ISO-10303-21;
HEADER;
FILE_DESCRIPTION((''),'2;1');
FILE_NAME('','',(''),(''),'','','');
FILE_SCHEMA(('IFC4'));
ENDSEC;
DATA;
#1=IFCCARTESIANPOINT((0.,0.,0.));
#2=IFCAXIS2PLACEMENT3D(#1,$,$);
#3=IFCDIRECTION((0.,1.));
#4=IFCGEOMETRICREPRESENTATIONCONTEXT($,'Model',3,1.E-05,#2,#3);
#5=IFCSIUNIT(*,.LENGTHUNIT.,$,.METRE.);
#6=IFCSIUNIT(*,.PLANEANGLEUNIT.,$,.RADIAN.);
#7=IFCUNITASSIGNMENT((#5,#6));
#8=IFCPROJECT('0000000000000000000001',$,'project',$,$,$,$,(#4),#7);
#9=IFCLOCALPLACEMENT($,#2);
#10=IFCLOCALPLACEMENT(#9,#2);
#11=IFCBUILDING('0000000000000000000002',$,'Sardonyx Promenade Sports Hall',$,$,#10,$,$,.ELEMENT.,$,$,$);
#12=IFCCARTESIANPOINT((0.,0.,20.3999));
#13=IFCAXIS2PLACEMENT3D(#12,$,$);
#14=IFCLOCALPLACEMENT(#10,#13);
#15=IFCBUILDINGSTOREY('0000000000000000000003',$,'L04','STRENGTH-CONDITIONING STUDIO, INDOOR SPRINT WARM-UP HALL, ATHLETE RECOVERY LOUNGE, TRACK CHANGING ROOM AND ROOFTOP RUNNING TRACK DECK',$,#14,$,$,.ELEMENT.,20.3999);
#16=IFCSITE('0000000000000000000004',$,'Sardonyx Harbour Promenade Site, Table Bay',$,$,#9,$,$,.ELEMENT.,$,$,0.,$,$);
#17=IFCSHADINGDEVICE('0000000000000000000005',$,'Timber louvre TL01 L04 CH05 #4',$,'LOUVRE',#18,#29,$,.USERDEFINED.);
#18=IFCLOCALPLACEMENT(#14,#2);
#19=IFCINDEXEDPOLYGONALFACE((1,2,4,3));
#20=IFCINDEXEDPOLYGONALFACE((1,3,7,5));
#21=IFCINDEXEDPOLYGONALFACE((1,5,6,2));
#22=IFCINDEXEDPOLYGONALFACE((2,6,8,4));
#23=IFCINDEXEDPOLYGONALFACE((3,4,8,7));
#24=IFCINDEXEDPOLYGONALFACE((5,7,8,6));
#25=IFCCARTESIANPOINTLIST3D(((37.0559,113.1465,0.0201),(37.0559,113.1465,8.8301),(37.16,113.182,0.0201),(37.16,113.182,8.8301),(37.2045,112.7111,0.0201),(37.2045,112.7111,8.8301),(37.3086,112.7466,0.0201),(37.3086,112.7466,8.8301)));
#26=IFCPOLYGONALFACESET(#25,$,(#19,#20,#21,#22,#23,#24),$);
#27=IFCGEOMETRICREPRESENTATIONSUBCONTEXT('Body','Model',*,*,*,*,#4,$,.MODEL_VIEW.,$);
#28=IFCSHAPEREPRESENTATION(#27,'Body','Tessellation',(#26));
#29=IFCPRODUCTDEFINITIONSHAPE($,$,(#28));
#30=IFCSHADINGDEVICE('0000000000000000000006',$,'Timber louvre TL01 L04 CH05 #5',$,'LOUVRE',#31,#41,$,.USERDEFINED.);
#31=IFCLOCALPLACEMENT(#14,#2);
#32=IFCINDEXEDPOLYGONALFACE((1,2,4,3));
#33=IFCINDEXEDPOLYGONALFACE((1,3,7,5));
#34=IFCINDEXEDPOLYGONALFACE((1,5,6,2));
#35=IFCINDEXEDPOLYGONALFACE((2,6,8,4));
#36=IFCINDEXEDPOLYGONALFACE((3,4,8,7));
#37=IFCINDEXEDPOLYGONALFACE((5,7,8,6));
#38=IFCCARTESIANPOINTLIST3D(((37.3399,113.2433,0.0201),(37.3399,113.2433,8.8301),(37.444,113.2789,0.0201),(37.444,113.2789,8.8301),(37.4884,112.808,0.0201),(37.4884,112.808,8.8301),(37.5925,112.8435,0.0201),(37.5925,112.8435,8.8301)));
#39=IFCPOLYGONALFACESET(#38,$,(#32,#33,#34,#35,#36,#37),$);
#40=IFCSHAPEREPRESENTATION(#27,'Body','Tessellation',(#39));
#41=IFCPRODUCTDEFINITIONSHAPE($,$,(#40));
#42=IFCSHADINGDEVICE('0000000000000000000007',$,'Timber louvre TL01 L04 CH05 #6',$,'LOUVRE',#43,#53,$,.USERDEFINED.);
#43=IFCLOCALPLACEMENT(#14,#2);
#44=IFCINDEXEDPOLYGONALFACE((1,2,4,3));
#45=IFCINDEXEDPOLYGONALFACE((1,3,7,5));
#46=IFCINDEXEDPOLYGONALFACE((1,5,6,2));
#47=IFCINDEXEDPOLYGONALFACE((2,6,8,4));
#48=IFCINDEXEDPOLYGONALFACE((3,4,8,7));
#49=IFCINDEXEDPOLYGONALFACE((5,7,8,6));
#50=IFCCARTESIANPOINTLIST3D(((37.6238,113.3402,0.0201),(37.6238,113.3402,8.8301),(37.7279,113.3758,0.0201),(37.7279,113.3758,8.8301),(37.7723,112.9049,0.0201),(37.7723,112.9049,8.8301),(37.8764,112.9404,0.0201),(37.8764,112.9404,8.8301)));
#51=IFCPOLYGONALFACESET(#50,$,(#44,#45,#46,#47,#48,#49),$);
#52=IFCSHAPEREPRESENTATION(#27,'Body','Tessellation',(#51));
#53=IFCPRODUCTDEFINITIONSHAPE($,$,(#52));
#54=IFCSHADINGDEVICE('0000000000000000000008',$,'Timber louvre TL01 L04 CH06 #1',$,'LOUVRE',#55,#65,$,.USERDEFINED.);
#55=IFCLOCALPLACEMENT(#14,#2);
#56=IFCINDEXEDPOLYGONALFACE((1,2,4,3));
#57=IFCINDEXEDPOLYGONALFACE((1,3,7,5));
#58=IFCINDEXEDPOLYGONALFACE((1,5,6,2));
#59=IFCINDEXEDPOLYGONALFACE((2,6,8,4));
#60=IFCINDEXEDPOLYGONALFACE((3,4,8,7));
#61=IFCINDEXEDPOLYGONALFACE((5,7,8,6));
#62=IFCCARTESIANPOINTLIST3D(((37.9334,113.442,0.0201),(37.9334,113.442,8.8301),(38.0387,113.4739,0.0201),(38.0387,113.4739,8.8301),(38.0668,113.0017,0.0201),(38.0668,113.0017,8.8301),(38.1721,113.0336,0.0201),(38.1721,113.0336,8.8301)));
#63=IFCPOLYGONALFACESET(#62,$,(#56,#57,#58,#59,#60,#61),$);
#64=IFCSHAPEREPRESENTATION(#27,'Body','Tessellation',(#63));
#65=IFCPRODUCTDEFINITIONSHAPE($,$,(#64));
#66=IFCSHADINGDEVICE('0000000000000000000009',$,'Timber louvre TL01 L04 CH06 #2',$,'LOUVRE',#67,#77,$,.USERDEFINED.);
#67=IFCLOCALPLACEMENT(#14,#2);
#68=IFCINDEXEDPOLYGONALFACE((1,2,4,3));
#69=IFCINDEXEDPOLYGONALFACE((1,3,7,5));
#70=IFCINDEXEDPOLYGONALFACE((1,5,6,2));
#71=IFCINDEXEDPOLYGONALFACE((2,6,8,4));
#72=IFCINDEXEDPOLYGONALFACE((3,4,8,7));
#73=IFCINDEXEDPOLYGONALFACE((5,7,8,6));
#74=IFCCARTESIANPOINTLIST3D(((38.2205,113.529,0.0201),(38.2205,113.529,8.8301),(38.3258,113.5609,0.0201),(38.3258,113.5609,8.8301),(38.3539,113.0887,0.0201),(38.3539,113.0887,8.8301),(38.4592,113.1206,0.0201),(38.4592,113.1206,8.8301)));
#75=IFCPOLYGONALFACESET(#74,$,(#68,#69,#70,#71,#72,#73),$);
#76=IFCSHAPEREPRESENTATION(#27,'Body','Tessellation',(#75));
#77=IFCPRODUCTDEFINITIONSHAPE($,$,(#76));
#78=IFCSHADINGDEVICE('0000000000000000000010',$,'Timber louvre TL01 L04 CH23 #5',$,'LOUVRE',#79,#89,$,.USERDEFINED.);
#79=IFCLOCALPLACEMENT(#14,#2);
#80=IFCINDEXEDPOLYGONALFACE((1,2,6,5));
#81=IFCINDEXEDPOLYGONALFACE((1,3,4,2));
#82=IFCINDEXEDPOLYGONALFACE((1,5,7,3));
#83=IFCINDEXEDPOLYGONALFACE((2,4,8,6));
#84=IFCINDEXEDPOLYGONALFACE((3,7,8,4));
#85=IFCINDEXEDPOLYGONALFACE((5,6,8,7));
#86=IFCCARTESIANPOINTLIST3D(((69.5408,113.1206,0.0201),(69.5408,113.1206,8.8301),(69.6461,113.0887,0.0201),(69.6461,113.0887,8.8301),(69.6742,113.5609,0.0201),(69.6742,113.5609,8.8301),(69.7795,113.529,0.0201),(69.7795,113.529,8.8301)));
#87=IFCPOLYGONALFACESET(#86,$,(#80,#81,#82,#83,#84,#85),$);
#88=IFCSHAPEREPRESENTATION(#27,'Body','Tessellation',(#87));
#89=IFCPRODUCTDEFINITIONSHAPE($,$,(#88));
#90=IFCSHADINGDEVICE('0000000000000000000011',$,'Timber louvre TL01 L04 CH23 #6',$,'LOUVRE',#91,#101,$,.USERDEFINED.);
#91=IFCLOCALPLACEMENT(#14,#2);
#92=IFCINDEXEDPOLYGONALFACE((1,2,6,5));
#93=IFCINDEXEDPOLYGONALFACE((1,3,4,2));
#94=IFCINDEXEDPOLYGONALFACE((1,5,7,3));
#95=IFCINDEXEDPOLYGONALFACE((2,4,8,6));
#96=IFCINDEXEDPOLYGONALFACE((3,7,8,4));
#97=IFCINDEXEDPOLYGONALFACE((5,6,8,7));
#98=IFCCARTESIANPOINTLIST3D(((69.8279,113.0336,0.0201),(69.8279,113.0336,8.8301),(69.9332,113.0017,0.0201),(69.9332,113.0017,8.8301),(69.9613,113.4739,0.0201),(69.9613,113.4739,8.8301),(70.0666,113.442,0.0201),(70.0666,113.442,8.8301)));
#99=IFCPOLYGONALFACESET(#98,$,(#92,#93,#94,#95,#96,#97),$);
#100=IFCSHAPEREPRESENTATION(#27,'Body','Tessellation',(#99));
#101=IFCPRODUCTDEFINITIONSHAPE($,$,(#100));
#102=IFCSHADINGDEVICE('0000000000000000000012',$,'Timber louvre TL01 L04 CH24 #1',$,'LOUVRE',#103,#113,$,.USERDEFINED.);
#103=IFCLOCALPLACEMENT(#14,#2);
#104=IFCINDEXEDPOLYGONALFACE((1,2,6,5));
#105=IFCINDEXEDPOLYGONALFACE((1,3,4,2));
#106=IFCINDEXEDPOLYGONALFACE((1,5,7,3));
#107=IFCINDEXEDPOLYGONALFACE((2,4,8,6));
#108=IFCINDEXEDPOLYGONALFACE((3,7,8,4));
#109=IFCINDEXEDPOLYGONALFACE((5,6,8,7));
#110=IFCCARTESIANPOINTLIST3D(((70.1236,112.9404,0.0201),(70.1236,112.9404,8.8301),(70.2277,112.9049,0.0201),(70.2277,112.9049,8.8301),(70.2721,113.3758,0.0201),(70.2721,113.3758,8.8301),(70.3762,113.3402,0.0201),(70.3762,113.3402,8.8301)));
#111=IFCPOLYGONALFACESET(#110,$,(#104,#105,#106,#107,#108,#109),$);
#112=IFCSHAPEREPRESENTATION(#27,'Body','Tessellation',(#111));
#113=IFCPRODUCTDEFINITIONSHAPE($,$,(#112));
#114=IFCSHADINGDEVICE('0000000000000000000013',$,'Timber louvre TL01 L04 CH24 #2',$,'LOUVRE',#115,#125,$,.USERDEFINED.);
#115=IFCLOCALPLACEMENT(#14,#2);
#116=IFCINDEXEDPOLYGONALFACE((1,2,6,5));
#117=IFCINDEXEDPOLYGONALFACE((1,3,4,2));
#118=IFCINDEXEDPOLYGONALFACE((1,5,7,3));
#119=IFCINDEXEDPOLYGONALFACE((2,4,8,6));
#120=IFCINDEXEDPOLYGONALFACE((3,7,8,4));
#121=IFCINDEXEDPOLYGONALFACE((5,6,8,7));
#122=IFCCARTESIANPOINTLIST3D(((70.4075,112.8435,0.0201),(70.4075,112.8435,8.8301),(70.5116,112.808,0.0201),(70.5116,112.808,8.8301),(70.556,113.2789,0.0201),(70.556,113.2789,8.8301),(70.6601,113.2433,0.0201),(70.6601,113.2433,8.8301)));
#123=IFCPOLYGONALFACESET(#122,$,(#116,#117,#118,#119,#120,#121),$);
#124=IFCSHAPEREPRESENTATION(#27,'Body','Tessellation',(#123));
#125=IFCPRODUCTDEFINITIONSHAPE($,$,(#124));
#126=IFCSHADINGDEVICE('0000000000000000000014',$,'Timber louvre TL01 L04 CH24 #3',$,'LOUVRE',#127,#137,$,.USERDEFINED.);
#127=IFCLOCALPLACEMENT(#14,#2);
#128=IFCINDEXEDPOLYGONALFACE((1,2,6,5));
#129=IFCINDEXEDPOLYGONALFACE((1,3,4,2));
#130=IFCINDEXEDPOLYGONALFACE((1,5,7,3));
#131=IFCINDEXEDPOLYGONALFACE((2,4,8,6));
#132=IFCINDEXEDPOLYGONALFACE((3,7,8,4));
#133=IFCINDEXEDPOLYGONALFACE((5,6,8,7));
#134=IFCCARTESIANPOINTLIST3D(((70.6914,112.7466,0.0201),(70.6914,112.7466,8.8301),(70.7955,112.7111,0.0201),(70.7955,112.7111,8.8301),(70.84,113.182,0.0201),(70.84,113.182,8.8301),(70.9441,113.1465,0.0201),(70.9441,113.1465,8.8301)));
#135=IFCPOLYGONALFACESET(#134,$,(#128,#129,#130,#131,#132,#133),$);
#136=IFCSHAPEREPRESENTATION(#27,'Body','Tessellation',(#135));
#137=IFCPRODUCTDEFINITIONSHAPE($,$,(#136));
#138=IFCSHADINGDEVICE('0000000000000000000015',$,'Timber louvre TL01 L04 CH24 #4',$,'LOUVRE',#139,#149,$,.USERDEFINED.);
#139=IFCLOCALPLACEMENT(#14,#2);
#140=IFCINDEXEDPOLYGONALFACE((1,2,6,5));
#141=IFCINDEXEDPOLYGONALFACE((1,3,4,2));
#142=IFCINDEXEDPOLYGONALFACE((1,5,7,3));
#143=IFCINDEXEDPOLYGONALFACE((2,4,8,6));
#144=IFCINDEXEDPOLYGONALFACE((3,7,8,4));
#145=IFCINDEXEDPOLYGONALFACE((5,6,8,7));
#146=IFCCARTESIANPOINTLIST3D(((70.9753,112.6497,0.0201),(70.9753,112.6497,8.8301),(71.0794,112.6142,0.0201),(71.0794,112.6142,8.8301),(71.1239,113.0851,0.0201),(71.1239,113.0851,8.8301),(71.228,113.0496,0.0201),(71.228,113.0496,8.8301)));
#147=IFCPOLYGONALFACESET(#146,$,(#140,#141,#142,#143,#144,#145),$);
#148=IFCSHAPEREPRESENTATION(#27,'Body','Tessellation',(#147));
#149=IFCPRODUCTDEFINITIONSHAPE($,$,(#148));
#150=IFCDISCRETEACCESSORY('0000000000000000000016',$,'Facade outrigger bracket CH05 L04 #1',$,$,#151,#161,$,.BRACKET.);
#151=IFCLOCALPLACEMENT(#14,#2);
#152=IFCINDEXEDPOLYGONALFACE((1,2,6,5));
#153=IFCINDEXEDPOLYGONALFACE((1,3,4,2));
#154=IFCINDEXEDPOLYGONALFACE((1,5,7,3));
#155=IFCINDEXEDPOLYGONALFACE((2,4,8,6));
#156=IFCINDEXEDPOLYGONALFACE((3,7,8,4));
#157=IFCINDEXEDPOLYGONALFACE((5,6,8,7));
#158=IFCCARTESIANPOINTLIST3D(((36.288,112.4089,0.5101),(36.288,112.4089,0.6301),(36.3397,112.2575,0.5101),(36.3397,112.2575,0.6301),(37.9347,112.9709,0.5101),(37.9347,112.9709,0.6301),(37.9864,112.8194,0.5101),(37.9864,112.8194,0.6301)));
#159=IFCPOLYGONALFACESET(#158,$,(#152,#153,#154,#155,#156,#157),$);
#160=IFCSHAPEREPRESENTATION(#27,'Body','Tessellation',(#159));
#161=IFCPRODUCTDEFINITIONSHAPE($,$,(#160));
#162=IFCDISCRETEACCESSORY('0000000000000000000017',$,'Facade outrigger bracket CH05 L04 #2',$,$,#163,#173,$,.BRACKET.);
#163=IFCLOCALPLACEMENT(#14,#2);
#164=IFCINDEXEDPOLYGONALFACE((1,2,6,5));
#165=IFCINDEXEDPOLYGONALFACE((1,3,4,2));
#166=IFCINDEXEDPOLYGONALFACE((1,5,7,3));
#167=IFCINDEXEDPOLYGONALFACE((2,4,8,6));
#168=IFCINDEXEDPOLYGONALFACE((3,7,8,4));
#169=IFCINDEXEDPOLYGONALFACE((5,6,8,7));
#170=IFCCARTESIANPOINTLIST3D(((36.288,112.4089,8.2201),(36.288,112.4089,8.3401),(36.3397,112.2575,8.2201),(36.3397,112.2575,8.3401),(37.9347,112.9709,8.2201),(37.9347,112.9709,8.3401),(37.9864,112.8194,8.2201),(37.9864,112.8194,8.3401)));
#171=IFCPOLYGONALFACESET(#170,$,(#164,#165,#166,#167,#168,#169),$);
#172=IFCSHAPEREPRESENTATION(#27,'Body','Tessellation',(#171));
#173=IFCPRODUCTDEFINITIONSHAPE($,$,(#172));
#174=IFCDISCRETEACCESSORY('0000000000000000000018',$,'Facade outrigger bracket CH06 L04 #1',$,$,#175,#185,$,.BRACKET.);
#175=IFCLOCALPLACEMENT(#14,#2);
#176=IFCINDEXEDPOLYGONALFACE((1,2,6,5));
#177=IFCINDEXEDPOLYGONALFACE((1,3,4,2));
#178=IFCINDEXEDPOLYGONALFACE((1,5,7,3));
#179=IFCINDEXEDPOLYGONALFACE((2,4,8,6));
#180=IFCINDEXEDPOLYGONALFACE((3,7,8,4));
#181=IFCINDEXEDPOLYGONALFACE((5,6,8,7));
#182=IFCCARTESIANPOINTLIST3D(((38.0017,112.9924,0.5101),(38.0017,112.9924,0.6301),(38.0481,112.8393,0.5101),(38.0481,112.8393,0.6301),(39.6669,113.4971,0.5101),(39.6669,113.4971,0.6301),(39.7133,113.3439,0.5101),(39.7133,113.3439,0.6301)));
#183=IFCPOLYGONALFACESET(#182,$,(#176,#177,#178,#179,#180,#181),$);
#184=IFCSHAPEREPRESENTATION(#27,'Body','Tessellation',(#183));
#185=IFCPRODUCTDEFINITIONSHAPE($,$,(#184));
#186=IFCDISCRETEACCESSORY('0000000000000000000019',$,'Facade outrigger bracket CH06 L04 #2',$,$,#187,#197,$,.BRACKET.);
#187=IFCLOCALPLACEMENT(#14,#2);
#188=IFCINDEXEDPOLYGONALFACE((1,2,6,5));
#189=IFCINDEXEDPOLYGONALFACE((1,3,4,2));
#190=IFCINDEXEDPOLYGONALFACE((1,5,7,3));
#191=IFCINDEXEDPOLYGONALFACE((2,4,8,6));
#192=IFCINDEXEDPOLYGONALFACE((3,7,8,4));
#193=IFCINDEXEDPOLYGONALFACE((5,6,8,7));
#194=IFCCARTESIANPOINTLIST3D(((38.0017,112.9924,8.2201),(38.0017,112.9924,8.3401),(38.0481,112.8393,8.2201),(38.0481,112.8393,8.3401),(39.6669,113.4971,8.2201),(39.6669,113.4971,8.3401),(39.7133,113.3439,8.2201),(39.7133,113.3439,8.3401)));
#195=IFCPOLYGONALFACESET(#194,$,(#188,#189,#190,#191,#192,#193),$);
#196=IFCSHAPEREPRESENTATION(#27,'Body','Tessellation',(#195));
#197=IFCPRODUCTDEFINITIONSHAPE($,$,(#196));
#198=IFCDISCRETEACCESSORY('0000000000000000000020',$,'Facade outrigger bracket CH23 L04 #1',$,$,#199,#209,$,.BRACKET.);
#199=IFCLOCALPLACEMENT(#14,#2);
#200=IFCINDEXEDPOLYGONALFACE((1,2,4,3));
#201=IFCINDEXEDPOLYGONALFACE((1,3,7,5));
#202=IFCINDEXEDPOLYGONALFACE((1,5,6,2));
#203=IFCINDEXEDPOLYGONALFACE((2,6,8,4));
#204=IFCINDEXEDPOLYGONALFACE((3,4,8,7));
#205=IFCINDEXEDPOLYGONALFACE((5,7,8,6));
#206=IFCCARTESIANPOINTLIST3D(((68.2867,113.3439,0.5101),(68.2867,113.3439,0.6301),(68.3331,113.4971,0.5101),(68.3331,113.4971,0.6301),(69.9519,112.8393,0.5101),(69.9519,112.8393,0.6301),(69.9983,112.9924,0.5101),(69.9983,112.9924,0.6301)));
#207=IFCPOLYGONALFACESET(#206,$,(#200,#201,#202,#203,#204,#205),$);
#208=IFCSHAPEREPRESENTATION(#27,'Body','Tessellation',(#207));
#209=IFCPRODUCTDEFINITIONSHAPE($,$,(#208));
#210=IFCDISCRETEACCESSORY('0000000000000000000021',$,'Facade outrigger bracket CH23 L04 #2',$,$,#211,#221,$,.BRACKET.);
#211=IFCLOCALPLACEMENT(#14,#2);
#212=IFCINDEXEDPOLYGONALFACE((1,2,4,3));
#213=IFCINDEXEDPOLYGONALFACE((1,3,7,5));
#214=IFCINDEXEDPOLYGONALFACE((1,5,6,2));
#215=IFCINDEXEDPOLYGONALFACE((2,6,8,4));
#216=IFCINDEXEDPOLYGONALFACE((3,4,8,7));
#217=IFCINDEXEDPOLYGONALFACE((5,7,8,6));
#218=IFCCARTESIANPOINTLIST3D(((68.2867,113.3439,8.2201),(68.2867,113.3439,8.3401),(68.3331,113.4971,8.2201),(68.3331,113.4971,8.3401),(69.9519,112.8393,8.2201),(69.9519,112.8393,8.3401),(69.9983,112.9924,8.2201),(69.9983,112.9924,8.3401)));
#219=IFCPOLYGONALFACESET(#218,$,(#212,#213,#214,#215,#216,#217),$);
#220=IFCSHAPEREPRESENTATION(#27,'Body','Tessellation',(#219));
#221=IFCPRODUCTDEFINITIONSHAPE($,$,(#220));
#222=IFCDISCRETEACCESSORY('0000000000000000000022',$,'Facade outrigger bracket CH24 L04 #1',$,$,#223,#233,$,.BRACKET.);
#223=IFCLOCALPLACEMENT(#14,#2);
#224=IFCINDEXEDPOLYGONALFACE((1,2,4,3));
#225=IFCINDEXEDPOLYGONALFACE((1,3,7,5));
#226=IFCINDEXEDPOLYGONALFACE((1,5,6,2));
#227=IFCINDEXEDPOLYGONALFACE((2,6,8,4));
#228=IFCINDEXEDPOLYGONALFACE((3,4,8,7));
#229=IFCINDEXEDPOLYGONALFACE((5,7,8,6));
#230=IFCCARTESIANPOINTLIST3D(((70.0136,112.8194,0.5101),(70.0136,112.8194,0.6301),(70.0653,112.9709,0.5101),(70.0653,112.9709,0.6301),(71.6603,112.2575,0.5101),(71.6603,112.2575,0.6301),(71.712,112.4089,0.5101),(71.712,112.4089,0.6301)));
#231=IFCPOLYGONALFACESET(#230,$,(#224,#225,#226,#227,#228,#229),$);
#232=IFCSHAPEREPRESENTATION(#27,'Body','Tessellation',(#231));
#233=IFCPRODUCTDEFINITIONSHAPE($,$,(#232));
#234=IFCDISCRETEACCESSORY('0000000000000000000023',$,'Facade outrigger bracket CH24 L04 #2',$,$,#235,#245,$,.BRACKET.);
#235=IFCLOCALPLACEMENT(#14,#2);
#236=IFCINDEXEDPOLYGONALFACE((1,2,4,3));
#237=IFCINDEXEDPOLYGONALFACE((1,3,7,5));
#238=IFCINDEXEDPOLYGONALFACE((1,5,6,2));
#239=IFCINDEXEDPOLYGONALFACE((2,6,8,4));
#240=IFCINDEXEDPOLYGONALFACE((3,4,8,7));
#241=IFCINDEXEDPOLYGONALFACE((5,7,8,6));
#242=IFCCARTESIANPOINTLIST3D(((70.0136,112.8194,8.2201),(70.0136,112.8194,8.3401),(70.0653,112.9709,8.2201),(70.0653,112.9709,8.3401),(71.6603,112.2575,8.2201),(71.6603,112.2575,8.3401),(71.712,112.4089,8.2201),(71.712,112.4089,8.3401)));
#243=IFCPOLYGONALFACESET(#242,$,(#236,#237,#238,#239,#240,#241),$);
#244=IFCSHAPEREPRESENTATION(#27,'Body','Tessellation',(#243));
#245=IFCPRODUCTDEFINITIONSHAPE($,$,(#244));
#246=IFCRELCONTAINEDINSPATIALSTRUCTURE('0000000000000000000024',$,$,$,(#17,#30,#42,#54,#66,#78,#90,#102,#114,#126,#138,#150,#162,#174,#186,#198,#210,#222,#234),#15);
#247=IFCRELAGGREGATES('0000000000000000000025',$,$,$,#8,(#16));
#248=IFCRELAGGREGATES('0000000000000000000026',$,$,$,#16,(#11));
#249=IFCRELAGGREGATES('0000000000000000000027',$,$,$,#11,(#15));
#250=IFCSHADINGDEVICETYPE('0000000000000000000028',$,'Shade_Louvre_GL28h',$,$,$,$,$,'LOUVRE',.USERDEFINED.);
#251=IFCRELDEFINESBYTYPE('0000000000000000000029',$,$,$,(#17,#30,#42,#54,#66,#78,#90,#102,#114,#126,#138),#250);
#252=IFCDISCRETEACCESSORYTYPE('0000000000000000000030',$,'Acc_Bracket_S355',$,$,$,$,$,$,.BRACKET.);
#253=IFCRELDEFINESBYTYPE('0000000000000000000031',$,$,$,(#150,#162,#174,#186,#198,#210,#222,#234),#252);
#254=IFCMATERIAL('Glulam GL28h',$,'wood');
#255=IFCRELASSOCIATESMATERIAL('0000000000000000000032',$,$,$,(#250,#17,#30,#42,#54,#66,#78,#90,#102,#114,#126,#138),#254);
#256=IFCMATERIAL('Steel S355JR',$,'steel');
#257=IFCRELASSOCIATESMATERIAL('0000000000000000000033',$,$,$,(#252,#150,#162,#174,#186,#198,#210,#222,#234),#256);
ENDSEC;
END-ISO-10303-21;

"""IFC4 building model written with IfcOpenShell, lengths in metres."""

from ifc_helpers import new_model, si_unit, direction, frame, origin, place, context, subcontext, project, spatial, rectangle, extrude, material, type_object, element, save


model = new_model("IFC4")

# Units and contexts
model_context = context("Model", 3, precision=1e-05, world=origin(), true_north=direction((0.0, 1.0)))
body_context = subcontext(model_context, "Body", "Model", "MODEL_VIEW")
ifc_project = project(units=[si_unit("LENGTHUNIT", "METRE"), si_unit("PLANEANGLEUNIT", "RADIAN")], contexts=[model_context])

# Site, building, storey
site_placement = place(None, origin())
site = spatial("IfcSite", under=ifc_project, at=site_placement, Name="Sardonyx Harbour Promenade Site, Table Bay", CompositionType="ELEMENT", RefElevation=0.0)
building_placement = place(site_placement, origin())
building = spatial("IfcBuilding", under=site, at=building_placement, Name="Sardonyx Promenade Sports Hall", CompositionType="ELEMENT")
storey_placement = place(building_placement, frame((0.0, 0.0, 20.3999)))
storey = spatial("IfcBuildingStorey", under=building, at=storey_placement, Name="L04", Description="STRENGTH-CONDITIONING STUDIO, INDOOR SPRINT WARM-UP HALL, ATHLETE RECOVERY LOUNGE, TRACK CHANGING ROOM AND ROOFTOP RUNNING TRACK DECK", CompositionType="ELEMENT", Elevation=20.3999)

# Shading devices
ifc_material_1 = material(Name="Glulam GL28h", Category="wood")
shading_device_type = type_object("IfcShadingDeviceType", Name="Shade_Louvre_GL28h", ElementType="LOUVRE", PredefinedType="USERDEFINED", material=ifc_material_1)
for number, where, z_axis, x_axis, name in (
    (1, (37.1823, 112.9465, 0.0201), (0.0, 0.0, 1.0), (0.946411, 0.322966, 0.0), "Timber louvre TL01 L04 CH05 #4"),
    (2, (37.4662, 113.0434, 0.0201), (0.0, 0.0, 1.0), (0.946411, 0.322966, 0.0), "Timber louvre TL01 L04 CH05 #5"),
    (3, (37.7501, 113.1403, 0.0201), (0.0, 0.0, 1.0), (0.946411, 0.322966, 0.0), "Timber louvre TL01 L04 CH05 #6"),
    (4, (38.0528, 113.2378, 0.0201), (0.0, 0.0, 1.0), (0.957021, 0.290017, 0.0), "Timber louvre TL01 L04 CH06 #1"),
    (5, (38.3399, 113.3248, 0.0201), (0.0, 0.0, 1.0), (0.957021, 0.290017, 0.0), "Timber louvre TL01 L04 CH06 #2"),
    (6, (69.6601, 113.3248, 0.0201), (0.0, 0.0, 1.0), (0.957021, -0.290017, 0.0), "Timber louvre TL01 L04 CH23 #5"),
    (7, (69.9472, 113.2378, 0.0201), (0.0, 0.0, 1.0), (0.957021, -0.290017, 0.0), "Timber louvre TL01 L04 CH23 #6"),
    (8, (70.2499, 113.1403, 0.0201), (0.0, 0.0, 1.0), (0.946411, -0.322966, 0.0), "Timber louvre TL01 L04 CH24 #1"),
    (9, (70.5338, 113.0434, 0.0201), (0.0, 0.0, 1.0), (0.946411, -0.322966, 0.0), "Timber louvre TL01 L04 CH24 #2"),
    (10, (70.8177, 112.9465, 0.0201), (0.0, 0.0, 1.0), (0.946411, -0.322966, 0.0), "Timber louvre TL01 L04 CH24 #3"),
    (11, (71.1017, 112.8497, 0.0201), (0.0, 0.0, 1.0), (0.946411, -0.322966, 0.0), "Timber louvre TL01 L04 CH24 #4"),
):
    element("IfcShadingDevice", number, at=place(storey_placement, frame(where, z_axis=z_axis, x_axis=x_axis)), inside=storey, type_object=shading_device_type, material=ifc_material_1, Name=name, ObjectType="LOUVRE", PredefinedType="USERDEFINED", context=body_context, shape_type="SweptSolid", body=[
        extrude(rectangle(XDim=0.11, YDim=0.46), origin(), (0.0, 0.0, 1.0), 8.81),
    ])

# Discrete accessories
ifc_material_2 = material(Name="Steel S355JR", Category="steel")
discrete_accessory_type = type_object("IfcDiscreteAccessoryType", Name="Acc_Bracket_S355", PredefinedType="BRACKET", material=ifc_material_2)
for number, where, z_axis, x_axis, name in (
    (12, (37.1372, 112.6142, 0.5101), (0.0, 0.0, 1.0), (0.946411, 0.322966, 0.0), "Facade outrigger bracket CH05 L04 #1"),
    (13, (37.1372, 112.6142, 8.2201), (0.0, 0.0, 1.0), (0.946411, 0.322966, 0.0), "Facade outrigger bracket CH05 L04 #2"),
    (14, (38.8575, 113.1682, 0.5101), (0.0, 0.0, 1.0), (0.957021, 0.290017, 0.0), "Facade outrigger bracket CH06 L04 #1"),
    (15, (38.8575, 113.1682, 8.2201), (0.0, 0.0, 1.0), (0.957021, 0.290017, 0.0), "Facade outrigger bracket CH06 L04 #2"),
    (16, (69.1425, 113.1682, 0.5101), (0.0, 0.0, 1.0), (0.957021, -0.290017, 0.0), "Facade outrigger bracket CH23 L04 #1"),
    (17, (69.1425, 113.1682, 8.2201), (0.0, 0.0, 1.0), (0.957021, -0.290017, 0.0), "Facade outrigger bracket CH23 L04 #2"),
    (18, (70.8628, 112.6142, 0.5101), (0.0, 0.0, 1.0), (0.946411, -0.322966, 0.0), "Facade outrigger bracket CH24 L04 #1"),
    (19, (70.8628, 112.6142, 8.2201), (0.0, 0.0, 1.0), (0.946411, -0.322966, 0.0), "Facade outrigger bracket CH24 L04 #2"),
):
    element("IfcDiscreteAccessory", number, at=place(storey_placement, frame(where, z_axis=z_axis, x_axis=x_axis)), inside=storey, type_object=discrete_accessory_type, material=ifc_material_2, Name=name, PredefinedType="BRACKET", context=body_context, shape_type="SweptSolid", body=[
        extrude(rectangle(XDim=1.74, YDim=0.16), origin(), (0.0, 0.0, 1.0), 0.12),
    ])

save(model, "model.ifc")
